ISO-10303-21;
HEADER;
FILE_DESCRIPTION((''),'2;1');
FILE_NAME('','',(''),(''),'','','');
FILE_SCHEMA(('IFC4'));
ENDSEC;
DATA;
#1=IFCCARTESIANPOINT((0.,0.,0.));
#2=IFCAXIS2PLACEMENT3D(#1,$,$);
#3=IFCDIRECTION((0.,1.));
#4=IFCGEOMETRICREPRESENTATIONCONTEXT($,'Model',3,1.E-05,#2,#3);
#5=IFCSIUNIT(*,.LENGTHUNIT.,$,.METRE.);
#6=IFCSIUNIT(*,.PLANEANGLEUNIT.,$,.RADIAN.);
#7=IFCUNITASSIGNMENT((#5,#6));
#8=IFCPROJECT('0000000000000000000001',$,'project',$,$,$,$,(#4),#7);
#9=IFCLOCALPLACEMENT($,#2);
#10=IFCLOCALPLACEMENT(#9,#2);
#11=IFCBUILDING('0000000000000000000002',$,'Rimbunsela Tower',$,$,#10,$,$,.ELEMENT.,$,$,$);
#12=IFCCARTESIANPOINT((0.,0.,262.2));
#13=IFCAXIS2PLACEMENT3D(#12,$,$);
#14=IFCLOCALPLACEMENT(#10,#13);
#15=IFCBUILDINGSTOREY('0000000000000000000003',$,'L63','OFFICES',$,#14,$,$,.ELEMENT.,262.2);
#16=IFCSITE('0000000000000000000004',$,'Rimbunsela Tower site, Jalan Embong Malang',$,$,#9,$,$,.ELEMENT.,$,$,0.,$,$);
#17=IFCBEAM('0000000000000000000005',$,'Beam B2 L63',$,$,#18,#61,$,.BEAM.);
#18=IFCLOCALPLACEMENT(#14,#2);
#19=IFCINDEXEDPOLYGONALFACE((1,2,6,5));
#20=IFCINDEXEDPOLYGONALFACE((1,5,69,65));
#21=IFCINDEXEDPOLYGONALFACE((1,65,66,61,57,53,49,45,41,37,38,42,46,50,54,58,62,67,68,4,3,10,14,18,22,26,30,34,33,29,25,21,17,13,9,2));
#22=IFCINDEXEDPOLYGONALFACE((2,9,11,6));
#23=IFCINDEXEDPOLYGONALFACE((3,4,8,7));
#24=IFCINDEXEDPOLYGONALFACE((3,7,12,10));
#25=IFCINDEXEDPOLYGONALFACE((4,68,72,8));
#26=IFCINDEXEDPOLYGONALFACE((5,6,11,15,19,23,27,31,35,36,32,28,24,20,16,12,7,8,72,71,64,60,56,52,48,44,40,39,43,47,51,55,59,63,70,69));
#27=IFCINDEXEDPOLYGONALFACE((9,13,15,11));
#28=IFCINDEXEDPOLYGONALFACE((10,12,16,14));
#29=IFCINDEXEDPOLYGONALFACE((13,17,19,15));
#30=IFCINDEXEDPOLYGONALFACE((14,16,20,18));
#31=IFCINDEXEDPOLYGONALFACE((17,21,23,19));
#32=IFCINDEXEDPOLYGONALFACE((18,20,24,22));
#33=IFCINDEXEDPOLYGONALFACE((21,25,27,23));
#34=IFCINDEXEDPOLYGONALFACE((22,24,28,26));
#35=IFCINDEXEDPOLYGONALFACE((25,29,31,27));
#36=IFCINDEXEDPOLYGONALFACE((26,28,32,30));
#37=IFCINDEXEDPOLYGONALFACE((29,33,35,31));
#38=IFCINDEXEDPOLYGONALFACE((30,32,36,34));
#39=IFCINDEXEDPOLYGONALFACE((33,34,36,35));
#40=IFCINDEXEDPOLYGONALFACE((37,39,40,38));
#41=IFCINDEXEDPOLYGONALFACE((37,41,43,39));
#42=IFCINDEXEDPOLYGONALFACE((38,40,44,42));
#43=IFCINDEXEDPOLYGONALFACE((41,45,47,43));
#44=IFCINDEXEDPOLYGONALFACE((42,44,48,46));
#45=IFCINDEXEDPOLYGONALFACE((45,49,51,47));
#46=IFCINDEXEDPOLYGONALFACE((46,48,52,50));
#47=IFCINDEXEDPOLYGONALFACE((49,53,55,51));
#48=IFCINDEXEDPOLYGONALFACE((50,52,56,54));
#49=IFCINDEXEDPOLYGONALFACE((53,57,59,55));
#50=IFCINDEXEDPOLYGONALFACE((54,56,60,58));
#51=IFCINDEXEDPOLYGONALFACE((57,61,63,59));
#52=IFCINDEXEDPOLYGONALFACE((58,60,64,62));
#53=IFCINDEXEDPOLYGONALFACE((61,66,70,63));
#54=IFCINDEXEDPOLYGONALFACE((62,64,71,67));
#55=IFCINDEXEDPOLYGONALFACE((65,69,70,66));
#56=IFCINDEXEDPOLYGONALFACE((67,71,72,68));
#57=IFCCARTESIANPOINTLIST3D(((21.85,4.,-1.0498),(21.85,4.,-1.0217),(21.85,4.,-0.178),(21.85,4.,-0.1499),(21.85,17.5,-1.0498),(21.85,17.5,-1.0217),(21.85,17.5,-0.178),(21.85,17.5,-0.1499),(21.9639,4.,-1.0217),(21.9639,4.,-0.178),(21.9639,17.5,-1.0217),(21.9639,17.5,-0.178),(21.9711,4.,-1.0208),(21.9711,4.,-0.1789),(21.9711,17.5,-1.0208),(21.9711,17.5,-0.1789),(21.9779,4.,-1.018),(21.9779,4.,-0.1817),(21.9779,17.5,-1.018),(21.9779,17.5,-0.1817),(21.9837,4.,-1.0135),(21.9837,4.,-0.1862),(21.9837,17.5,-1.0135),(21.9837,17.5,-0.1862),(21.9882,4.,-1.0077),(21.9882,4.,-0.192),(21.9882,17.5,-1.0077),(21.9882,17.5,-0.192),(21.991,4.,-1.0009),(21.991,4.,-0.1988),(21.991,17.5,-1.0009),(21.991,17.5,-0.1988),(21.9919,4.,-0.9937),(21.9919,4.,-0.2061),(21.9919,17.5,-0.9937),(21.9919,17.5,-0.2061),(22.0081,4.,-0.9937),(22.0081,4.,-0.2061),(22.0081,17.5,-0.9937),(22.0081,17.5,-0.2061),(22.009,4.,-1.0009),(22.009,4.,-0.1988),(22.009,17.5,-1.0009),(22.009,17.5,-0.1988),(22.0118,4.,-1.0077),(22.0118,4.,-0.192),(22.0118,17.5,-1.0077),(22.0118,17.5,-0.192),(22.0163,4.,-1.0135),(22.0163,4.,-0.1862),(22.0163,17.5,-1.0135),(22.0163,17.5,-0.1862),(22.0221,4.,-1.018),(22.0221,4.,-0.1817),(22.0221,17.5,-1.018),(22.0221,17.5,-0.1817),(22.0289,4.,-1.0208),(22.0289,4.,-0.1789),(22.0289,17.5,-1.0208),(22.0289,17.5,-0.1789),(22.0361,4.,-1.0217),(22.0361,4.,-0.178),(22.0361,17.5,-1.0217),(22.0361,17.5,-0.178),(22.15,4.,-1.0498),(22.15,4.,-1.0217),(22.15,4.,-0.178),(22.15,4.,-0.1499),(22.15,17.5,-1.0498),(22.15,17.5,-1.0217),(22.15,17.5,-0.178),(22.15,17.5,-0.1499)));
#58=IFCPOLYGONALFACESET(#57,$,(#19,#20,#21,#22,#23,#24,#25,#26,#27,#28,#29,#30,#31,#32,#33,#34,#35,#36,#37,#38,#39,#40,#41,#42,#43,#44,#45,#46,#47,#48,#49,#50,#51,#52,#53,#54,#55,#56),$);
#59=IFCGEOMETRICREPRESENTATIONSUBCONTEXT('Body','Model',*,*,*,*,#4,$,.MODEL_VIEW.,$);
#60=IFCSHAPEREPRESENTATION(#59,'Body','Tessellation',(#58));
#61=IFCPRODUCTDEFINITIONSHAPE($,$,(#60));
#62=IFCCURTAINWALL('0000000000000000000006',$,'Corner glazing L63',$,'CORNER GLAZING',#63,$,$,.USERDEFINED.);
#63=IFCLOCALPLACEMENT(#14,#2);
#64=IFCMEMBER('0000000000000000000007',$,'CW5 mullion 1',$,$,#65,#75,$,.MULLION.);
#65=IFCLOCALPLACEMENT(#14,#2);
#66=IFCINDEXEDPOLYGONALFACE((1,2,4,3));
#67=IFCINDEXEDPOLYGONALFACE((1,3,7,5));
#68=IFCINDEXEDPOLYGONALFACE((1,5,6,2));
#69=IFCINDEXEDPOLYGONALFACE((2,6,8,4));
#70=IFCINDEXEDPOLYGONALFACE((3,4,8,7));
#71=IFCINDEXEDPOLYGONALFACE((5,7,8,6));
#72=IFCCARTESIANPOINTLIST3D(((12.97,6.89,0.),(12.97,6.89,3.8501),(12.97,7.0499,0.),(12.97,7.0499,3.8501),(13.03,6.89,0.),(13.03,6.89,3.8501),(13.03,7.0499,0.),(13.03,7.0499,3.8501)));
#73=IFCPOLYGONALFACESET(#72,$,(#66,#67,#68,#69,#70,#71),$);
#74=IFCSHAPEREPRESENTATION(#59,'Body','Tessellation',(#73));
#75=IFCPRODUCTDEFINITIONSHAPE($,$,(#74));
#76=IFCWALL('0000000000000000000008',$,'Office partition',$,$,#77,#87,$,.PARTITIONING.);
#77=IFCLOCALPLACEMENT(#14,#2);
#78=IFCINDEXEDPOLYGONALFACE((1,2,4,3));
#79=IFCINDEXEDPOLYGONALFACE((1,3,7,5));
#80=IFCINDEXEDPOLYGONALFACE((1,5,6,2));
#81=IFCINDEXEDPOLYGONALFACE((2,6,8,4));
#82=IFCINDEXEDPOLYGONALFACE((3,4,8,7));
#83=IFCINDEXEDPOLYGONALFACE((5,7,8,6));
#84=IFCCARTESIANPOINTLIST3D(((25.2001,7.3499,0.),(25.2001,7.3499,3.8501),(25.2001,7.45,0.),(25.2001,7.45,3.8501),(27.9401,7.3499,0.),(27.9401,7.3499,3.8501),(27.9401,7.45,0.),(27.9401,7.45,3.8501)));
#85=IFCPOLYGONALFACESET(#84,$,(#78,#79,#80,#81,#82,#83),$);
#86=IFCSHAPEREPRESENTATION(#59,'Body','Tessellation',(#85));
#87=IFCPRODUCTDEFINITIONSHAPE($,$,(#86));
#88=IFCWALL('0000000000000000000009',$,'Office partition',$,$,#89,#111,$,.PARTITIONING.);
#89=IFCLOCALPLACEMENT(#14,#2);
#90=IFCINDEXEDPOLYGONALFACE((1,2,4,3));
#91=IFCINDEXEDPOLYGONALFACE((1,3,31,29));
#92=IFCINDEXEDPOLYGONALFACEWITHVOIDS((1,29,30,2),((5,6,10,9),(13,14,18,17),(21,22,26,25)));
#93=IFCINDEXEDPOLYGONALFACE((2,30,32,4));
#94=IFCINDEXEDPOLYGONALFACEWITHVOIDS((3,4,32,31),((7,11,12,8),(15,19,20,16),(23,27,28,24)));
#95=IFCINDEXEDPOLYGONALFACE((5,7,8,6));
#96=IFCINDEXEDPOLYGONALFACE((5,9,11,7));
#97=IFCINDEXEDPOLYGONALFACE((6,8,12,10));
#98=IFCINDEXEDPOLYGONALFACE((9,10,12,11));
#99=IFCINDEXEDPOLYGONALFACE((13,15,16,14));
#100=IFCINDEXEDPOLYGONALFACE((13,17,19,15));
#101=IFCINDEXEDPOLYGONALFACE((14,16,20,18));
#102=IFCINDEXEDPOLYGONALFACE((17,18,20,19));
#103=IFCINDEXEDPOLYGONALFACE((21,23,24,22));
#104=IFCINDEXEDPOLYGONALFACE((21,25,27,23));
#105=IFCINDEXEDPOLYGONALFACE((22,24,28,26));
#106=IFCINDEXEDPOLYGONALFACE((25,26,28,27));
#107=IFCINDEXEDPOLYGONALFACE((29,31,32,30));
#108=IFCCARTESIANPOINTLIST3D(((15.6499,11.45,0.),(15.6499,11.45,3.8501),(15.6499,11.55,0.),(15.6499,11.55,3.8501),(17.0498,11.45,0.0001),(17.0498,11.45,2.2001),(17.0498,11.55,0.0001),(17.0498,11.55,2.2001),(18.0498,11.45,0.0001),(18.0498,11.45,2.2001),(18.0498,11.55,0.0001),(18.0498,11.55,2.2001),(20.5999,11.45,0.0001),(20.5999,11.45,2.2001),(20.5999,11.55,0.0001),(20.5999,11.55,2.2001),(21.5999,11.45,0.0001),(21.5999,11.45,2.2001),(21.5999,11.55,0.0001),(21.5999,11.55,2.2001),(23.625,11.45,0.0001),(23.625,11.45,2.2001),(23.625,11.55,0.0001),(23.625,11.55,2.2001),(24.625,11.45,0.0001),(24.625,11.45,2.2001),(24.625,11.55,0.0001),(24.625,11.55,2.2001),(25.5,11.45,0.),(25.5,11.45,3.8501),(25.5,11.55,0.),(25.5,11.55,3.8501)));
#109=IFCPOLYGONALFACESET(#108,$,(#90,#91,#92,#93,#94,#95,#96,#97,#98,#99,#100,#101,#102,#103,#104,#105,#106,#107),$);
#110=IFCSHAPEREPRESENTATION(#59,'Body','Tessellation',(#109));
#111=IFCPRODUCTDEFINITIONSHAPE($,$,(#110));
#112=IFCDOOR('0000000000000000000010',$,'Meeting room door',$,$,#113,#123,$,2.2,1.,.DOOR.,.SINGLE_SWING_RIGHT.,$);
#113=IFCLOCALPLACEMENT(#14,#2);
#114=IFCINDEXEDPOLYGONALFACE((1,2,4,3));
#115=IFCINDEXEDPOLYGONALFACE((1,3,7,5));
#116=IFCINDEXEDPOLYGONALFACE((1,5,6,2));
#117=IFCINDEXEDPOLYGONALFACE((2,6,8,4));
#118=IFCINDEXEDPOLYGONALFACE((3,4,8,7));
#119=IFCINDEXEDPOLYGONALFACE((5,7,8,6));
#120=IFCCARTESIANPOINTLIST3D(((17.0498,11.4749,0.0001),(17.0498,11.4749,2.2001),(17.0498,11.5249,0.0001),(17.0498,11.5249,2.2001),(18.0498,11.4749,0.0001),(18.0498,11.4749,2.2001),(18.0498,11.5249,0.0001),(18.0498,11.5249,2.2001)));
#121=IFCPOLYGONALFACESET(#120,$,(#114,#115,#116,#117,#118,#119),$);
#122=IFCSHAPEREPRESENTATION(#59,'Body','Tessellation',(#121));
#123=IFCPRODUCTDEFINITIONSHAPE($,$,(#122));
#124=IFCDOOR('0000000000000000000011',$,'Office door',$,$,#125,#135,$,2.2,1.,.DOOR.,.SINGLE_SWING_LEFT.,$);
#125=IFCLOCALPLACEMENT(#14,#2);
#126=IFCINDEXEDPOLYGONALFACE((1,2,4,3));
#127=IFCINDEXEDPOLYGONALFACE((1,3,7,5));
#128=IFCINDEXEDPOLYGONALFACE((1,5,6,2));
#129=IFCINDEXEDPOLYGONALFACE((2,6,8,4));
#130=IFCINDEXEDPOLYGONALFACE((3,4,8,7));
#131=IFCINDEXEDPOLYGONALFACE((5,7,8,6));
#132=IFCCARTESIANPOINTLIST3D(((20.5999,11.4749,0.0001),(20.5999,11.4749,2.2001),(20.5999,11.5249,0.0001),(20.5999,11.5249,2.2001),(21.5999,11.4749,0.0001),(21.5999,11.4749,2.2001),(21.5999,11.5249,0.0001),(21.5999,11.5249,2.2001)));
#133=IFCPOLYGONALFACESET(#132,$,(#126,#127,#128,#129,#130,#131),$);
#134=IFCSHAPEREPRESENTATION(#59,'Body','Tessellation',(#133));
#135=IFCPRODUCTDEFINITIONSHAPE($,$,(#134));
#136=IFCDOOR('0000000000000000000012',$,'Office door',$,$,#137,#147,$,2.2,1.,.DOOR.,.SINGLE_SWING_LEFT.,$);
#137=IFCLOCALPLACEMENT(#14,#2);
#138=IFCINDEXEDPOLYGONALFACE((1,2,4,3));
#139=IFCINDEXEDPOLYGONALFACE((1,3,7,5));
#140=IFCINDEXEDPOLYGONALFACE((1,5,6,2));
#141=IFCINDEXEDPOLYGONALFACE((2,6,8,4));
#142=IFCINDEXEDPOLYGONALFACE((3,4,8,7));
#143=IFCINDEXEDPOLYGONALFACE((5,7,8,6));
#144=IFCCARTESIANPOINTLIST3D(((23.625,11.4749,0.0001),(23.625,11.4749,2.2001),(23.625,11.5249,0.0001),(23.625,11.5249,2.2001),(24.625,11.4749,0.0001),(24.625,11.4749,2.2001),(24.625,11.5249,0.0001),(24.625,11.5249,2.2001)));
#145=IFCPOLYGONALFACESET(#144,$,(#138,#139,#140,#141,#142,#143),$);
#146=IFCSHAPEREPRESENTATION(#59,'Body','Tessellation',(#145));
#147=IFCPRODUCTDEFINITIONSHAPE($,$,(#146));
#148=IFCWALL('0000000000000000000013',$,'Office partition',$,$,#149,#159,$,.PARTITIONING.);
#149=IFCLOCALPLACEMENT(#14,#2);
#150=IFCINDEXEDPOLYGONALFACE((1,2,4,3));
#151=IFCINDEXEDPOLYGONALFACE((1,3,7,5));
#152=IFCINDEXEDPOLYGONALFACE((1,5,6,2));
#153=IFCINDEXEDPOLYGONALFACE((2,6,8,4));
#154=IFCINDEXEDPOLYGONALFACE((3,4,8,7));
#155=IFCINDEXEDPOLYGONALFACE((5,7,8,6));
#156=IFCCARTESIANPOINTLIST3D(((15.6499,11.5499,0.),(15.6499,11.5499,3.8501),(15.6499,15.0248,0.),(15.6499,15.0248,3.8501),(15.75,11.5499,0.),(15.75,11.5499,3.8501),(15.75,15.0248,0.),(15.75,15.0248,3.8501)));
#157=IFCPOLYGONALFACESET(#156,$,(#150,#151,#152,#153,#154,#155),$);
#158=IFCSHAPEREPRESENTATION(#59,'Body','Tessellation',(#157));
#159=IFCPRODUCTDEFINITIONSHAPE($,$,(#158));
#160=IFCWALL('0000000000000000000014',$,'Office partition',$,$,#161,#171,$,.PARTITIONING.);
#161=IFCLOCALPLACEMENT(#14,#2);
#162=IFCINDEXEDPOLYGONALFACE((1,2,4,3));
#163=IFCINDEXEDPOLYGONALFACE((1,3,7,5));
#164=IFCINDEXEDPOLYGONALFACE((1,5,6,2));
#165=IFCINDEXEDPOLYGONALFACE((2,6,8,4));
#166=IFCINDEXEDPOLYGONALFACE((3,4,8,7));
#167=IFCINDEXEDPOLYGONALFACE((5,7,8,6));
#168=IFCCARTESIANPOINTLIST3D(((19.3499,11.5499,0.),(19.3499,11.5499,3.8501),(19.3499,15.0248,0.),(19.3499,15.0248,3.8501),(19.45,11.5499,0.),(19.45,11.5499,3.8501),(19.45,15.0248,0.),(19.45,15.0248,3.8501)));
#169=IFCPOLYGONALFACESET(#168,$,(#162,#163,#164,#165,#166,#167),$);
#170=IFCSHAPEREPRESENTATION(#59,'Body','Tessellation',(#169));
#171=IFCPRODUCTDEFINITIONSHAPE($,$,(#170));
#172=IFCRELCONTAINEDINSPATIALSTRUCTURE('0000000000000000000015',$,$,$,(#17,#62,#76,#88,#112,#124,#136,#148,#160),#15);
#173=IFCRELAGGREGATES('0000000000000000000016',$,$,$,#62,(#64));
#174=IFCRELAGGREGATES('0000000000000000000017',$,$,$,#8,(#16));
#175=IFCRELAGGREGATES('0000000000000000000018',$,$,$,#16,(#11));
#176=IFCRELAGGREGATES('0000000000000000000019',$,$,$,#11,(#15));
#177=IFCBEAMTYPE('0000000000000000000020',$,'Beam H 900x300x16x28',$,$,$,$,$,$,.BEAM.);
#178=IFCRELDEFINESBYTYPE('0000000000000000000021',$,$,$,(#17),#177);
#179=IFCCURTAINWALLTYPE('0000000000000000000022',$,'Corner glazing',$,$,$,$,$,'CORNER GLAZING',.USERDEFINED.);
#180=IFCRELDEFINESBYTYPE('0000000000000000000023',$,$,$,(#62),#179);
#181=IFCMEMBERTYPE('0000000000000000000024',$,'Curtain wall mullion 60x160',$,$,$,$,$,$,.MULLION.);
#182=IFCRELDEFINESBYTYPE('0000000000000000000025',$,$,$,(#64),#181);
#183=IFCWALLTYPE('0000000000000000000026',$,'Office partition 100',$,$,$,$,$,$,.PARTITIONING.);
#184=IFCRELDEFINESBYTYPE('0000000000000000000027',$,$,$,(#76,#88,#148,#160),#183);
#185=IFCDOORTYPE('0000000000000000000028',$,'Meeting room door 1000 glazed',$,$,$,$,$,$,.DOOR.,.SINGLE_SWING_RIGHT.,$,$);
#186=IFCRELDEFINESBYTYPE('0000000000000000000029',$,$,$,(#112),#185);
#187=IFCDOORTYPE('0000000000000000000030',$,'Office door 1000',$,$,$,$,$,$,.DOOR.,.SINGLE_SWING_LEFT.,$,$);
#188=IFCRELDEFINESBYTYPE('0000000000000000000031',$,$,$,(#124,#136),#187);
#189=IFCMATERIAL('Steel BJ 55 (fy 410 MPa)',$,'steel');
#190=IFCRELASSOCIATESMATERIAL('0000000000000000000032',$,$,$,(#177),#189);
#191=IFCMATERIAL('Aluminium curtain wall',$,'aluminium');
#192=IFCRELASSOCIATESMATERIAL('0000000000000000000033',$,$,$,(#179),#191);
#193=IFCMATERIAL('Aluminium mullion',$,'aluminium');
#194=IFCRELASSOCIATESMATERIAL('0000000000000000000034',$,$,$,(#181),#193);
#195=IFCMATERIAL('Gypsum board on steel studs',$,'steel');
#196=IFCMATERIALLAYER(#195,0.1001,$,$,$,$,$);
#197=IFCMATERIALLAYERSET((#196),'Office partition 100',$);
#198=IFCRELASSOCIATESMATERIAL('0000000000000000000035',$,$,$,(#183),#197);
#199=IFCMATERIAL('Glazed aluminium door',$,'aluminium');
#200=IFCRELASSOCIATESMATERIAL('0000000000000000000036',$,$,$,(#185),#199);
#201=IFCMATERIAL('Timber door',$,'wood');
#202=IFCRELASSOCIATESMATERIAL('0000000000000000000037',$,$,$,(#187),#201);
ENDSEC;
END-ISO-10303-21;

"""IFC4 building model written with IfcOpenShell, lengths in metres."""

from ifc_helpers import new_model, si_unit, direction, frame, frame_2d, origin, origin_2d, place, context, subcontext, project, spatial, rectangle, i_section, extrude, material, layer, layer_set, material_profile, profile_set, type_object, element, fill, aggregate, save


model = new_model("IFC4")

# Units and contexts
model_context = context("Model", 3, precision=1e-05, world=origin(), true_north=direction((0.0, 1.0)))
body_context = subcontext(model_context, "Body", "Model", "MODEL_VIEW")
ifc_project = project(units=[si_unit("LENGTHUNIT", "METRE"), si_unit("PLANEANGLEUNIT", "RADIAN")], contexts=[model_context])

# Site, building, storey
site_placement = place(None, origin())
site = spatial("IfcSite", under=ifc_project, at=site_placement, Name="Rimbunsela Tower site, Jalan Embong Malang", CompositionType="ELEMENT", RefElevation=0.0)
building_placement = place(site_placement, origin())
building = spatial("IfcBuilding", under=site, at=building_placement, Name="Rimbunsela Tower", CompositionType="ELEMENT")
storey_placement = place(building_placement, frame((0.0, 0.0, 262.2)))
storey = spatial("IfcBuildingStorey", under=building, at=storey_placement, Name="L63", Description="OFFICES", CompositionType="ELEMENT", Elevation=262.2)

# Beam
ifc_material_1 = material(Name="Steel BJ 55 (fy 410 MPa)", Category="steel")
ifc_material_profile_1 = material_profile(ifc_material_1, i_section(OverallWidth=0.3, OverallDepth=0.8999, WebThickness=0.0161, FlangeThickness=0.0281, FilletRadius=0.0281, at=origin_2d()), Name="H 900x300x16x28")
ifc_profile_set_1 = profile_set([ifc_material_profile_1], Name="Steel BJ 55 (fy 410 MPa)")
beam_type_1 = type_object("IfcBeamType", Name="Beam H 900x300x16x28", PredefinedType="BEAM", material=ifc_profile_set_1)
for number, where, z_axis, x_axis, name in (
    (1, (22.0, 4.0, -0.5999), (0.0, 1.0, 0.0), (-1.0, 0.0, 0.0), "Beam B2 L63"),
):
    element("IfcBeam", number, at=place(storey_placement, frame(where, z_axis=z_axis, x_axis=x_axis)), inside=storey, type_object=beam_type_1, Name=name, PredefinedType="BEAM", context=body_context, shape_type="SweptSolid", body=[
        extrude(i_section(OverallWidth=0.3, OverallDepth=0.8999, WebThickness=0.0161, FlangeThickness=0.0281, FilletRadius=0.0281, at=origin_2d()), origin(), (0.0, 0.0, 1.0), 13.5),
    ])

# Curtain wall, member
ifc_material_2 = material(Name="Aluminium curtain wall", Category="aluminium")
curtain_wall_type = type_object("IfcCurtainWallType", Name="Corner glazing", ElementType="CORNER GLAZING", PredefinedType="USERDEFINED", material=ifc_material_2)
curtain_wall_placement = place(storey_placement, origin())
curtain_wall = element("IfcCurtainWall", 2, at=curtain_wall_placement, inside=storey, type_object=curtain_wall_type, Name="Corner glazing L63", ObjectType="CORNER GLAZING", PredefinedType="USERDEFINED")
ifc_material_3 = material(Name="Aluminium mullion", Category="aluminium")
ifc_material_profile_2 = material_profile(ifc_material_3, rectangle(XDim=0.0601, YDim=0.1599, at=origin_2d()), Name="Mullion 60x160")
ifc_profile_set_2 = profile_set([ifc_material_profile_2], Name="Aluminium mullion")
member_type = type_object("IfcMemberType", Name="Curtain wall mullion 60x160", PredefinedType="MULLION", material=ifc_profile_set_2)
member_placement = place(storey_placement, frame((13.0, 6.97, 0.0), z_axis=(0.0, 0.0, 1.0), x_axis=(1.0, 0.0, 0.0)))
member = element("IfcMember", 3, at=member_placement, type_object=member_type, Name="CW5 mullion 1", PredefinedType="MULLION", context=body_context, shape_type="SweptSolid", body=[
    extrude(rectangle(XDim=0.0601, YDim=0.1599, at=origin_2d()), origin(), (0.0, 0.0, 1.0), 3.8501),
])
aggregate(curtain_wall, [member])

# Wall
ifc_material_4 = material(Name="Gypsum board on steel studs", Category="steel")
ifc_layer_1 = layer(ifc_material_4, 0.1001)
ifc_layer_set_1 = layer_set([ifc_layer_1], Name="Office partition 100")
wall_type_1 = type_object("IfcWallType", Name="Office partition 100", PredefinedType="PARTITIONING", material=ifc_layer_set_1)
wall_1_placement = place(storey_placement, frame((25.2, 7.3999, 0.0), z_axis=(0.0, 0.0, 1.0), x_axis=(1.0, 0.0, 0.0)))
element("IfcWall", 4, at=wall_1_placement, inside=storey, type_object=wall_type_1, Name="Office partition", PredefinedType="PARTITIONING", context=body_context, shape_type="SweptSolid", body=[
    extrude(rectangle(XDim=2.74, YDim=0.1001, at=frame_2d((1.3701, 0.0))), origin(), (0.0, 0.0, 1.0), 3.8501),
])

# Wall, openings, doors
wall_2_placement = place(storey_placement, frame((15.6499, 11.5, 0.0), z_axis=(0.0, 0.0, 1.0), x_axis=(1.0, 0.0, 0.0)))
wall_2 = element("IfcWall", 5, at=wall_2_placement, inside=storey, type_object=wall_type_1, Name="Office partition", PredefinedType="PARTITIONING", context=body_context, shape_type="SweptSolid", body=[
    extrude(rectangle(XDim=9.8501, YDim=0.1001, at=frame_2d((4.925, 0.0))), origin(), (0.0, 0.0, 1.0), 3.8501),
])
opening_1_placement = place(wall_2_placement, frame((1.3999, 0.0, 0.0)))
opening_1 = element("IfcOpeningElement", 6, at=opening_1_placement, cuts=wall_2, PredefinedType="OPENING", context=body_context, shape_type="SweptSolid", body=[
    extrude(rectangle(XDim=1.0, YDim=2.2, at=frame_2d((0.5, 1.1001))), frame((0.0, 0.0601, 0.0), z_axis=(0.0, -1.0, 0.0), x_axis=(1.0, 0.0, 0.0)), (0.0, 0.0, 1.0), 0.1201),
])
opening_2_placement = place(wall_2_placement, frame((4.95, 0.0, 0.0)))
opening_2 = element("IfcOpeningElement", 7, at=opening_2_placement, cuts=wall_2, PredefinedType="OPENING", context=body_context, shape_type="SweptSolid", body=[
    extrude(rectangle(XDim=1.0, YDim=2.2, at=frame_2d((0.5, 1.1001))), frame((0.0, 0.0601, 0.0), z_axis=(0.0, -1.0, 0.0), x_axis=(1.0, 0.0, 0.0)), (0.0, 0.0, 1.0), 0.1201),
])
opening_3_placement = place(wall_2_placement, frame((7.9751, 0.0, 0.0)))
opening_3 = element("IfcOpeningElement", 8, at=opening_3_placement, cuts=wall_2, PredefinedType="OPENING", context=body_context, shape_type="SweptSolid", body=[
    extrude(rectangle(XDim=1.0, YDim=2.2, at=frame_2d((0.5, 1.1001))), frame((0.0, 0.0601, 0.0), z_axis=(0.0, -1.0, 0.0), x_axis=(1.0, 0.0, 0.0)), (0.0, 0.0, 1.0), 0.1201),
])
ifc_material_5 = material(Name="Glazed aluminium door", Category="aluminium")
door_type_1 = type_object("IfcDoorType", Name="Meeting room door 1000 glazed", OperationType="SINGLE_SWING_RIGHT", PredefinedType="DOOR", material=ifc_material_5)
door_1_placement = place(opening_1_placement, origin())
door_1 = element("IfcDoor", 9, at=door_1_placement, inside=storey, type_object=door_type_1, Name="Meeting room door", OperationType="SINGLE_SWING_RIGHT", OverallHeight=2.2, OverallWidth=1.0, PredefinedType="DOOR", context=body_context, shape_type="SweptSolid", body=[
    extrude(rectangle(XDim=1.0, YDim=2.2, at=frame_2d((0.5, 1.1001))), frame((0.0, 0.0249, 0.0), z_axis=(0.0, -1.0, 0.0), x_axis=(1.0, 0.0, 0.0)), (0.0, 0.0, 1.0), 0.05),
])
fill(opening_1, door_1)
ifc_material_6 = material(Name="Timber door", Category="wood")
door_type_2 = type_object("IfcDoorType", Name="Office door 1000", OperationType="SINGLE_SWING_LEFT", PredefinedType="DOOR", material=ifc_material_6)
door_2_placement = place(opening_2_placement, origin())
door_2 = element("IfcDoor", 10, at=door_2_placement, inside=storey, type_object=door_type_2, Name="Office door", OperationType="SINGLE_SWING_LEFT", OverallHeight=2.2, OverallWidth=1.0, PredefinedType="DOOR", context=body_context, shape_type="SweptSolid", body=[
    extrude(rectangle(XDim=1.0, YDim=2.2, at=frame_2d((0.5, 1.1001))), frame((0.0, 0.0249, 0.0), z_axis=(0.0, -1.0, 0.0), x_axis=(1.0, 0.0, 0.0)), (0.0, 0.0, 1.0), 0.05),
])
fill(opening_2, door_2)
door_3_placement = place(opening_3_placement, origin())
door_3 = element("IfcDoor", 11, at=door_3_placement, inside=storey, type_object=door_type_2, Name="Office door", OperationType="SINGLE_SWING_LEFT", OverallHeight=2.2, OverallWidth=1.0, PredefinedType="DOOR", context=body_context, shape_type="SweptSolid", body=[
    extrude(rectangle(XDim=1.0, YDim=2.2, at=frame_2d((0.5, 1.1001))), frame((0.0, 0.0249, 0.0), z_axis=(0.0, -1.0, 0.0), x_axis=(1.0, 0.0, 0.0)), (0.0, 0.0, 1.0), 0.05),
])
fill(opening_3, door_3)

# Walls
for number, where, z_axis, x_axis, name in (
    (12, (15.7, 11.55, 0.0), (0.0, 0.0, 1.0), (0.0, 1.0, 0.0), "Office partition"),
    (13, (19.3999, 11.55, 0.0), (0.0, 0.0, 1.0), (0.0, 1.0, 0.0), "Office partition"),
):
    element("IfcWall", number, at=place(storey_placement, frame(where, z_axis=z_axis, x_axis=x_axis)), inside=storey, type_object=wall_type_1, Name=name, PredefinedType="PARTITIONING", context=body_context, shape_type="SweptSolid", body=[
        extrude(rectangle(XDim=3.4749, YDim=0.1001, at=frame_2d((1.7373, 0.0))), origin(), (0.0, 0.0, 1.0), 3.8501),
    ])

save(model, "model.ifc")
